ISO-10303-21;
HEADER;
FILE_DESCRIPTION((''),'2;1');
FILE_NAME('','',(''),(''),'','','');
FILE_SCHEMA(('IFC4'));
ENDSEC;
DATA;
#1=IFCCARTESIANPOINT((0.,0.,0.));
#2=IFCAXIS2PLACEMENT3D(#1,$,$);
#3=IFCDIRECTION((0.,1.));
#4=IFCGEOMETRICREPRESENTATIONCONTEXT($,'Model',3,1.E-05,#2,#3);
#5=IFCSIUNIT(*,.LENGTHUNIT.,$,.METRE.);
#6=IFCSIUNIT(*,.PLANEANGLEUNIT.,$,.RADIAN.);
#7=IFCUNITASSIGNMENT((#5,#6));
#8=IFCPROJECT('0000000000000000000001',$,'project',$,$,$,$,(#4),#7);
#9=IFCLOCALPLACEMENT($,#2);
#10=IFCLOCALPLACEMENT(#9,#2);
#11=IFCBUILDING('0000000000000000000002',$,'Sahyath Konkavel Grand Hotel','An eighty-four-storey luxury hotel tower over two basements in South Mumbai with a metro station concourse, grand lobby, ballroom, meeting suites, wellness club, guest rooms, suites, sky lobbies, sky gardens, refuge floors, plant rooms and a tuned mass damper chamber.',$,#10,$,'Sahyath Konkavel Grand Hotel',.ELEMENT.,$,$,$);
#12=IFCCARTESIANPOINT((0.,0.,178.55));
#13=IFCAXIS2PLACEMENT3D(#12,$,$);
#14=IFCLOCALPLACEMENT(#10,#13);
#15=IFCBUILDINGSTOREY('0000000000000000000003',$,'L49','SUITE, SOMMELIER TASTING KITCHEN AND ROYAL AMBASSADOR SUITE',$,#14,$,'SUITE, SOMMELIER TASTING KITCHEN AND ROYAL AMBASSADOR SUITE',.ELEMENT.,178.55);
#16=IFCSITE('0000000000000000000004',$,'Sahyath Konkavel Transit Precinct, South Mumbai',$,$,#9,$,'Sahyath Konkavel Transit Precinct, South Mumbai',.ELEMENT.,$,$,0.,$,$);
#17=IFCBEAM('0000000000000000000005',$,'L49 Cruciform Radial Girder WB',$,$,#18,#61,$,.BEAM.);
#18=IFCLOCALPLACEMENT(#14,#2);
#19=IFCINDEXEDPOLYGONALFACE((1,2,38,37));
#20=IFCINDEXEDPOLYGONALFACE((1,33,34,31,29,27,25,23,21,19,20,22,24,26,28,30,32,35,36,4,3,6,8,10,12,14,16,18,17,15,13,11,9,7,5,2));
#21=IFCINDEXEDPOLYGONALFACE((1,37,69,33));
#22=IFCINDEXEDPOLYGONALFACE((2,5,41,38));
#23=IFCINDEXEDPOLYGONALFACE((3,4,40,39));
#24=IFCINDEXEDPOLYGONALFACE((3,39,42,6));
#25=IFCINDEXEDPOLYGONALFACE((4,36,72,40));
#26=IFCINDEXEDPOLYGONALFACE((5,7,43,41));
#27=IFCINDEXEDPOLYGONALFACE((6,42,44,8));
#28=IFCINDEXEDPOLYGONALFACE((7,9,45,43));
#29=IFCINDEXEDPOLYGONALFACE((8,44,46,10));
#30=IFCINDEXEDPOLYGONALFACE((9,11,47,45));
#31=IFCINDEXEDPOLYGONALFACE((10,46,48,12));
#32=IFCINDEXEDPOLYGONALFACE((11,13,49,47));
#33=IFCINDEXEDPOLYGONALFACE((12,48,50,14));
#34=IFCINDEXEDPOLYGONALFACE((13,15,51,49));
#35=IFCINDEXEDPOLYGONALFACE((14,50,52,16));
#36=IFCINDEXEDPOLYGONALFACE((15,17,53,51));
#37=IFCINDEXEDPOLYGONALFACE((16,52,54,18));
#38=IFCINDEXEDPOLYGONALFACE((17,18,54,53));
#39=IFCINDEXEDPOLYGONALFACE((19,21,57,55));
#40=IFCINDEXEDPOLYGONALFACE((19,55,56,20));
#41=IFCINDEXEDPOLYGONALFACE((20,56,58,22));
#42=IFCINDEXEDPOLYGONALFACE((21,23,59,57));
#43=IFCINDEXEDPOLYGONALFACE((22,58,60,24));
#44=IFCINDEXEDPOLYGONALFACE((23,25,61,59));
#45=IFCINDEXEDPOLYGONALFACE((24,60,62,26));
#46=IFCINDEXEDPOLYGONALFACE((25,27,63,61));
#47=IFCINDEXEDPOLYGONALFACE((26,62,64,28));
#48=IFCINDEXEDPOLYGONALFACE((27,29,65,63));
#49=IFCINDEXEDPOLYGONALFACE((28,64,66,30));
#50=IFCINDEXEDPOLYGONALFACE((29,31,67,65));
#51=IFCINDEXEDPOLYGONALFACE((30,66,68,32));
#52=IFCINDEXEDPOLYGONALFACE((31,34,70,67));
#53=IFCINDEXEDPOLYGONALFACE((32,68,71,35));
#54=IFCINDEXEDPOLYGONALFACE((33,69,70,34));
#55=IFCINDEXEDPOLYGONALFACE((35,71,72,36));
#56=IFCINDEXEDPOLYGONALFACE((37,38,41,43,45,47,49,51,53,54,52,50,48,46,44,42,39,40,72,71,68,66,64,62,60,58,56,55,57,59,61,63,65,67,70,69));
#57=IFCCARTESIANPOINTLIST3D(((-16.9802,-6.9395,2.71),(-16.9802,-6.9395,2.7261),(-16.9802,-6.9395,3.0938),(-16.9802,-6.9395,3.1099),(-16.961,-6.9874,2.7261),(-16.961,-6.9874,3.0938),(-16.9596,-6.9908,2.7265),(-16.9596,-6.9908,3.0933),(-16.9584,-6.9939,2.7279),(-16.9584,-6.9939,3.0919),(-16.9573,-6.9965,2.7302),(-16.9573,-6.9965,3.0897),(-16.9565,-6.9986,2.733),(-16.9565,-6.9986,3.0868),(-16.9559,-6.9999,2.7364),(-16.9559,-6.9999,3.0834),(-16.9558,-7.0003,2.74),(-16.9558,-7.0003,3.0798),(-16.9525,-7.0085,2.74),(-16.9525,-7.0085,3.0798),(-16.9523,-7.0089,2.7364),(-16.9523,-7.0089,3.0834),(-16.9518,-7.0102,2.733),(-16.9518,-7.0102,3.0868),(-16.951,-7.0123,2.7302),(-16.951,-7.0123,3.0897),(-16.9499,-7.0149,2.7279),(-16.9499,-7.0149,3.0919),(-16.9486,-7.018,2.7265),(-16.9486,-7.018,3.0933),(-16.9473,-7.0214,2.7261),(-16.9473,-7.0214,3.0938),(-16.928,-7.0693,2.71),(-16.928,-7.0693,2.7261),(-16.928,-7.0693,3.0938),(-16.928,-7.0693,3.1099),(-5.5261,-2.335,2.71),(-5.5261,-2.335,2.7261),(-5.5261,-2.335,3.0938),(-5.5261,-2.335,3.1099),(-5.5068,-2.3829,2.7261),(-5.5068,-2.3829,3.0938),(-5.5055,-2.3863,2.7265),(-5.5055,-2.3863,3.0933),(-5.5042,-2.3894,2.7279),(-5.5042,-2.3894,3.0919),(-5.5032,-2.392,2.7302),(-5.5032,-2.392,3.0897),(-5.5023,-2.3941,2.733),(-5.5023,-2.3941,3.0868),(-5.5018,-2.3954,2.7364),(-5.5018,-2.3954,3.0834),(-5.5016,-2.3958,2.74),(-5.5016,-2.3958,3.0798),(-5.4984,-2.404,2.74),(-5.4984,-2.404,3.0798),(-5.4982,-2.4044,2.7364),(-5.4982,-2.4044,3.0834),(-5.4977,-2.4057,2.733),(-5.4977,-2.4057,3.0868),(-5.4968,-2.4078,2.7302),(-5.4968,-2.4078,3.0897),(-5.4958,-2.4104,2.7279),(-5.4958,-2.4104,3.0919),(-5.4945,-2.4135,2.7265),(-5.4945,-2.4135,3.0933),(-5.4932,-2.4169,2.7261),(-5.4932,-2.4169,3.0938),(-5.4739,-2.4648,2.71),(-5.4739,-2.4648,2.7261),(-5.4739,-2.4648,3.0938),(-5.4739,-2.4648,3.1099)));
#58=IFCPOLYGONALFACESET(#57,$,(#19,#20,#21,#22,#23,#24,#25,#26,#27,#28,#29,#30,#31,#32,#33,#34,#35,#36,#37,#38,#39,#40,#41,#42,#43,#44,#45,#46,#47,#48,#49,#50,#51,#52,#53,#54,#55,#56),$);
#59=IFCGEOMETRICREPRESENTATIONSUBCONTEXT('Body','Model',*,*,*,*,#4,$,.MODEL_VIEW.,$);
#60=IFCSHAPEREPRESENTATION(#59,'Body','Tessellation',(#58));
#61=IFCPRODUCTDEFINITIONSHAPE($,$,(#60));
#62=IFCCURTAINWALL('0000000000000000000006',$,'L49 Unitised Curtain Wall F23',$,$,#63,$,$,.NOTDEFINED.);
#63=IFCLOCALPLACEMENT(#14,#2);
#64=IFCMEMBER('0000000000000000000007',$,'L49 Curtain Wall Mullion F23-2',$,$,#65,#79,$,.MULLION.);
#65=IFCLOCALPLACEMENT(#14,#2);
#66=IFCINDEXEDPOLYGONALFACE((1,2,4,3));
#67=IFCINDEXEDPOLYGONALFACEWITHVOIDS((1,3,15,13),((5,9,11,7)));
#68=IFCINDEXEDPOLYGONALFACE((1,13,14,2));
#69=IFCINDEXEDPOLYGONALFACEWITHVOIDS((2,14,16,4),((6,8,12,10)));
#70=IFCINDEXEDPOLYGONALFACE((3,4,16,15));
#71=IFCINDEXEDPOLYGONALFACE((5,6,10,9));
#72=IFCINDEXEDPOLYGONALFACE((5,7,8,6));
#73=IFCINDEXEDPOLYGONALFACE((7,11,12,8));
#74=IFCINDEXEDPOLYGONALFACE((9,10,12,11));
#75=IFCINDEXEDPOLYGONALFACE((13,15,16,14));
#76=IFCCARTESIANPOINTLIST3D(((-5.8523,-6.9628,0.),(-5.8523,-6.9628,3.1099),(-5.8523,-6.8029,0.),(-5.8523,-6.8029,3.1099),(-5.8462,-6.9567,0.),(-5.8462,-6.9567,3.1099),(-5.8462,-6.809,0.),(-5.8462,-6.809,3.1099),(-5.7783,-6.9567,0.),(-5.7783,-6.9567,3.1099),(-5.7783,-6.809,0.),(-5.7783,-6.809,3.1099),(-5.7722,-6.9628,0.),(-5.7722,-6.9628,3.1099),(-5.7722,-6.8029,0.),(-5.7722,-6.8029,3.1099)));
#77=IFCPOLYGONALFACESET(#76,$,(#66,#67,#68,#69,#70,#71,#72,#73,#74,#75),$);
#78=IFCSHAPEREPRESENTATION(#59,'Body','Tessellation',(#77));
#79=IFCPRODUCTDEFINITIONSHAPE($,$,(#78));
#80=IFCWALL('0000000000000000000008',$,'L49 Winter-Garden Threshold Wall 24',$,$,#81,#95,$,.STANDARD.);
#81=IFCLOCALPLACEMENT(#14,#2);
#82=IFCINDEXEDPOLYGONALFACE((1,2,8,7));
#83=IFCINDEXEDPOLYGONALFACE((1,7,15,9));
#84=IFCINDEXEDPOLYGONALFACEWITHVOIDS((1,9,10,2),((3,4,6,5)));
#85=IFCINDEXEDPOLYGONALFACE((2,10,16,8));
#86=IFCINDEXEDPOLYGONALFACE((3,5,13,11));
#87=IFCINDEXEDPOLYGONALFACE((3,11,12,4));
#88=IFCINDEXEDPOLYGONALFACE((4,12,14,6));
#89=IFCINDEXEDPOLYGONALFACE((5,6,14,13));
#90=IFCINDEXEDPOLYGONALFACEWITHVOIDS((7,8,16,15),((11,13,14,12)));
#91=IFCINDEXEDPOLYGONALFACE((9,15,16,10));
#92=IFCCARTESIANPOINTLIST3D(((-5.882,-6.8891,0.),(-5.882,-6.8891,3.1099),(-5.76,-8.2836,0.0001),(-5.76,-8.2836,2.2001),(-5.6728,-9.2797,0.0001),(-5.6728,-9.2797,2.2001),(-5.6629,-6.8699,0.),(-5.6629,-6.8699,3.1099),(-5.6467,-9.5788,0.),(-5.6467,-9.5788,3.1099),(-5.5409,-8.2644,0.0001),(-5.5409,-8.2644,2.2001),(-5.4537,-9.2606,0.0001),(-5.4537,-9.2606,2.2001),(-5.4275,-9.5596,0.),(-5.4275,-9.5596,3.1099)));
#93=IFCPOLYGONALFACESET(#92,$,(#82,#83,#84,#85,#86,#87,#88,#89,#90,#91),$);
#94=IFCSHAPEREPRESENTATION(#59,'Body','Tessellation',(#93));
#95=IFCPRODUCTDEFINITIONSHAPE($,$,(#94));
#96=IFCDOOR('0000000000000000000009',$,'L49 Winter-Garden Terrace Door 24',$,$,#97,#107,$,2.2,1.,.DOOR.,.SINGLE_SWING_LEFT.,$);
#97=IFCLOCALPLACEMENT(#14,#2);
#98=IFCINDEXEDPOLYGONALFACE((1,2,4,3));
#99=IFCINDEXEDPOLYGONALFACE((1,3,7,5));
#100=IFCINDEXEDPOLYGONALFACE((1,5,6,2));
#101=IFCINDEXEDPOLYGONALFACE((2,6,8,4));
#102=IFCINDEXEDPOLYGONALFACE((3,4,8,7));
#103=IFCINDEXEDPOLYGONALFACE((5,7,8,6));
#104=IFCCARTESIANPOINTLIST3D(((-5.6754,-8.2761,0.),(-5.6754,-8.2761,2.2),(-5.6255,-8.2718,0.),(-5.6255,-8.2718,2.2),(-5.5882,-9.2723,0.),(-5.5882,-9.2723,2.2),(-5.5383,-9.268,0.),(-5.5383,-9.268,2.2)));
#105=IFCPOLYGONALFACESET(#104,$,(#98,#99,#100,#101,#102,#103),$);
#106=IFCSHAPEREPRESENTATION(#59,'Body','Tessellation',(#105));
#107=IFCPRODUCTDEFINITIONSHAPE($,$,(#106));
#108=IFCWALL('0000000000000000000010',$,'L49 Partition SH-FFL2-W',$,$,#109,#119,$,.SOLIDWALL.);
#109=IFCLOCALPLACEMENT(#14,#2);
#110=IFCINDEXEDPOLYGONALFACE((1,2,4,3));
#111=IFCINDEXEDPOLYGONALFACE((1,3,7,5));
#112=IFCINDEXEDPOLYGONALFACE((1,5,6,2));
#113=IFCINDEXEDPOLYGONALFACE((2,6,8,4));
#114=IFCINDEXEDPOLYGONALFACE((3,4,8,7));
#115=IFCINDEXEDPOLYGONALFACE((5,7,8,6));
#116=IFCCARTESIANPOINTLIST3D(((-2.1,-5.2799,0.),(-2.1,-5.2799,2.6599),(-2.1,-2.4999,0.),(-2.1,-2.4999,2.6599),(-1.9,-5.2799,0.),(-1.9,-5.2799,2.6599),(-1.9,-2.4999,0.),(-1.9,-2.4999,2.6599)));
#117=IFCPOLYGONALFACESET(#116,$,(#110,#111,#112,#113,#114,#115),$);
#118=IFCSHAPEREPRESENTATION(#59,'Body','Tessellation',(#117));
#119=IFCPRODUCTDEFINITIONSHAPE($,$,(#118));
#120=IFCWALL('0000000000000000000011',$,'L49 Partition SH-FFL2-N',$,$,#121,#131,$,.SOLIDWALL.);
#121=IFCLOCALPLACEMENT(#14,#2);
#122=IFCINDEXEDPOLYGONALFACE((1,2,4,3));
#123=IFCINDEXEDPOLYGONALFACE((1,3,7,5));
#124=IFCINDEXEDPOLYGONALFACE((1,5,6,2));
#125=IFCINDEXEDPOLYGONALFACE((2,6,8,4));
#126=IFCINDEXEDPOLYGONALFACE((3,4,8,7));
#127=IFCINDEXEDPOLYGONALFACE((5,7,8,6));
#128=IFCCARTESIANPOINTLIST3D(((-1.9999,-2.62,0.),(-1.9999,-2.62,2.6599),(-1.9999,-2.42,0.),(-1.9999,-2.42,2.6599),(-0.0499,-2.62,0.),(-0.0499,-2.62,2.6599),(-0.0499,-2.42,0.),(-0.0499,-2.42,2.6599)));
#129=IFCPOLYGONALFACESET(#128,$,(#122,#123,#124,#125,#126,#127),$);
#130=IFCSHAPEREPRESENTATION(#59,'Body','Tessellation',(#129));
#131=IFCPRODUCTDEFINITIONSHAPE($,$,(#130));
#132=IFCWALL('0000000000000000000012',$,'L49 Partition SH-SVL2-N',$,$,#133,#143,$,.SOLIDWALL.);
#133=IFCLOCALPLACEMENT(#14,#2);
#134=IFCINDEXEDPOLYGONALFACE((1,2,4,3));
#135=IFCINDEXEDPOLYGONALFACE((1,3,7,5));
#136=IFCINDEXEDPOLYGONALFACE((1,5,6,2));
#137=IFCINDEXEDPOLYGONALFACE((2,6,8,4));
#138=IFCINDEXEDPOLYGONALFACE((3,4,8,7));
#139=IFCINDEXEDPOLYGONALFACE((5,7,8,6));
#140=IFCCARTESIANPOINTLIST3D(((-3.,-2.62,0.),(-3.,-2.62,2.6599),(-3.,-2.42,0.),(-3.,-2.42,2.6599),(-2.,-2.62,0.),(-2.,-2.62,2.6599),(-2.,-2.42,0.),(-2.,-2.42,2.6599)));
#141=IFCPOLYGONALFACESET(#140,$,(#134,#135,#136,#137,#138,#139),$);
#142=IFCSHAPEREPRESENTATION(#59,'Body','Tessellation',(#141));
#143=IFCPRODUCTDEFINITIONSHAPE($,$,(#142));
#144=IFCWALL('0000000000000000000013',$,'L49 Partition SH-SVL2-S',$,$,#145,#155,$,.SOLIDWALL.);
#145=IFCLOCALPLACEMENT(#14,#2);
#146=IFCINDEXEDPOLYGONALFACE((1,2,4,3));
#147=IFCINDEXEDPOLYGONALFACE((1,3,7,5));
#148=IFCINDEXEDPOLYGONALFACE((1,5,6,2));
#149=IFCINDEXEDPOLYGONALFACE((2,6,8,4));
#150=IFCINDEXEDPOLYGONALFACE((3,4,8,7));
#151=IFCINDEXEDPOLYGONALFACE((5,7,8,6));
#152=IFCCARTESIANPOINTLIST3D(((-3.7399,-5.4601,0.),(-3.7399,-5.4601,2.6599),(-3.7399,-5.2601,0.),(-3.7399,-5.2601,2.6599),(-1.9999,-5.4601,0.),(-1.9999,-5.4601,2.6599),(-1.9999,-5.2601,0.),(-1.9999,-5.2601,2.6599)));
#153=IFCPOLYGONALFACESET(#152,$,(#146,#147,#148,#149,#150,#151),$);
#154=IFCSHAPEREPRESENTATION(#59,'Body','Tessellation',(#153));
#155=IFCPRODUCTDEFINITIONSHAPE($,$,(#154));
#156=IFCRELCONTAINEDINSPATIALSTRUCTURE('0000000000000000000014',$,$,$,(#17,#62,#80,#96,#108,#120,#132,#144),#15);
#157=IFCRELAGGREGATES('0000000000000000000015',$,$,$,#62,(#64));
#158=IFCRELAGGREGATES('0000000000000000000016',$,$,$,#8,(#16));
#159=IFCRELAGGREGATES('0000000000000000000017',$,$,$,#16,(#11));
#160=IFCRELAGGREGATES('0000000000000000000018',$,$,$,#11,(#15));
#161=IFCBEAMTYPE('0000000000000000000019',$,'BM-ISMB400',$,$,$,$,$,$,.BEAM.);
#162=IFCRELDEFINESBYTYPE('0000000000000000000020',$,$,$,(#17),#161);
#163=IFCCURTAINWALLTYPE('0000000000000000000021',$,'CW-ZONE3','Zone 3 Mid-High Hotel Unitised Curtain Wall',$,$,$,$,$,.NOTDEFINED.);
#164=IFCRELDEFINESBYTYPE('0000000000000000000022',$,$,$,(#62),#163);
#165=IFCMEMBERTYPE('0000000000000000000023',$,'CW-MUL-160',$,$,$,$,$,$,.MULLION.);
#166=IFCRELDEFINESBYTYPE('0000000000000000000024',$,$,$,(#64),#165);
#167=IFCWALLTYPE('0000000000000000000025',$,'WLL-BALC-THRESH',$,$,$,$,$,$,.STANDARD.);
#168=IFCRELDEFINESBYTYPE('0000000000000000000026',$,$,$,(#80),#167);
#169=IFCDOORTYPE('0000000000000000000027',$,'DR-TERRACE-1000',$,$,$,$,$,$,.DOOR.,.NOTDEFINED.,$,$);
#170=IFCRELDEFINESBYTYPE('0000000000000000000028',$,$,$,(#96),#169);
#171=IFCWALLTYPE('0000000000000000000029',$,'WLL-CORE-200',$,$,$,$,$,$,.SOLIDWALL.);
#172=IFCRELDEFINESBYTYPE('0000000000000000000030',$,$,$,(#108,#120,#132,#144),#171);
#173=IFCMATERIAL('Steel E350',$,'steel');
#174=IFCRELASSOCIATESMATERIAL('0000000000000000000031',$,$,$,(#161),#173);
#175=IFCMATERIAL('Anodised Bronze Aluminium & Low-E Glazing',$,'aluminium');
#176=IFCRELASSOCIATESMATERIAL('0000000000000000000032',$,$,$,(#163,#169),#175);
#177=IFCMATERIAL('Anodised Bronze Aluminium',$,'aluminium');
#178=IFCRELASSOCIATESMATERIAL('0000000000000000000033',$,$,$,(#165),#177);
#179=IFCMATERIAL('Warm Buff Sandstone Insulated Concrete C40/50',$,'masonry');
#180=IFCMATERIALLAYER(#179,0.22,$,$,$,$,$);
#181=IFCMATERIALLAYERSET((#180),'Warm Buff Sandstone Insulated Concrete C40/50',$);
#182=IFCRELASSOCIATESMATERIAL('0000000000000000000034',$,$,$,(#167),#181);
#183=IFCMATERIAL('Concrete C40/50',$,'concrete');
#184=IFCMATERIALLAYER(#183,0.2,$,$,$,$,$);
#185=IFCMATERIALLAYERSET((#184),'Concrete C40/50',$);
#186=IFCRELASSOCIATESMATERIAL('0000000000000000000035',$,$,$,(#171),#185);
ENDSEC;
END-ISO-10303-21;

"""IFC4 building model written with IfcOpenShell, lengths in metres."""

from ifc_helpers import new_model, si_unit, direction, frame, frame_2d, origin, origin_2d, place, context, subcontext, project, spatial, rectangle, hollow_rectangle, i_section, extrude, source, transform, mapped, material, layer, layer_set, material_profile, profile_set, type_object, element, fill, aggregate, save


model = new_model("IFC4")

# Units and contexts
model_context = context("Model", 3, precision=1e-05, world=origin(), true_north=direction((0.0, 1.0)))
body_context = subcontext(model_context, "Body", "Model", "MODEL_VIEW")
ifc_project = project(units=[si_unit("LENGTHUNIT", "METRE"), si_unit("PLANEANGLEUNIT", "RADIAN")], contexts=[model_context])

# Site, building, storey
site_placement = place(None, origin())
site = spatial("IfcSite", under=ifc_project, at=site_placement, Name="Sahyath Konkavel Transit Precinct, South Mumbai", LongName="Sahyath Konkavel Transit Precinct, South Mumbai", CompositionType="ELEMENT", RefElevation=0.0)
building_placement = place(site_placement, origin())
building = spatial("IfcBuilding", under=site, at=building_placement, Name="Sahyath Konkavel Grand Hotel", Description="An eighty-four-storey luxury hotel tower over two basements in South Mumbai with a metro station concourse, grand lobby, ballroom, meeting suites, wellness club, guest rooms, suites, sky lobbies, sky gardens, refuge floors, plant rooms and a tuned mass damper chamber.", LongName="Sahyath Konkavel Grand Hotel", CompositionType="ELEMENT")
storey_placement = place(building_placement, frame((0.0, 0.0, 178.55)))
storey = spatial("IfcBuildingStorey", under=building, at=storey_placement, Name="L49", Description="SUITE, SOMMELIER TASTING KITCHEN AND ROYAL AMBASSADOR SUITE", LongName="SUITE, SOMMELIER TASTING KITCHEN AND ROYAL AMBASSADOR SUITE", CompositionType="ELEMENT", Elevation=178.55)

# Beam
ifc_material_1 = material(Name="Steel E350", Category="steel")
ifc_material_profile_1 = material_profile(ifc_material_1, i_section(OverallWidth=0.1399, OverallDepth=0.3999, WebThickness=0.0088, FlangeThickness=0.0161, FilletRadius=0.0139, at=origin_2d()), Name="ISMB 400")
ifc_profile_set_1 = profile_set([ifc_material_profile_1], Name="Steel E350")
beam_type_1 = type_object("IfcBeamType", Name="BM-ISMB400", PredefinedType="BEAM", material=ifc_profile_set_1)
shared_shape_1 = source(origin(), body_context, "Body", "SweptSolid", [
    extrude(i_section(OverallWidth=0.1399, OverallDepth=0.3999, WebThickness=0.0088, FlangeThickness=0.0161, FilletRadius=0.0139, at=origin_2d()), origin(), (0.0, 0.0, 1.0), 12.345),
])
beam_1_placement = place(storey_placement, frame((-5.5, -2.3999, 2.9099), z_axis=(-0.927837, -0.372986, 0.0), x_axis=(0.372986, -0.927837, 0.0)))
element("IfcBeam", 1, at=beam_1_placement, inside=storey, type_object=beam_type_1, Name="L49 Cruciform Radial Girder WB", PredefinedType="BEAM", context=body_context, shape_type="MappedRepresentation", body=[
    mapped(shared_shape_1, transform((0.0, 0.0, 0.0), scale=1.0)),
])

# Curtain wall, member
ifc_material_2 = material(Name="Anodised Bronze Aluminium & Low-E Glazing", Category="aluminium")
curtain_wall_type = type_object("IfcCurtainWallType", Name="CW-ZONE3", Description="Zone 3 Mid-High Hotel Unitised Curtain Wall", PredefinedType="NOTDEFINED", material=ifc_material_2)
curtain_wall_placement = place(storey_placement, origin())
curtain_wall = element("IfcCurtainWall", 2, at=curtain_wall_placement, inside=storey, type_object=curtain_wall_type, Name="L49 Unitised Curtain Wall F23", PredefinedType="NOTDEFINED")
ifc_material_3 = material(Name="Anodised Bronze Aluminium", Category="aluminium")
ifc_material_profile_2 = material_profile(ifc_material_3, hollow_rectangle(XDim=0.0801, YDim=0.1599, WallThickness=0.0061, at=origin_2d()), Name="RHS 160x80x6")
ifc_profile_set_2 = profile_set([ifc_material_profile_2], Name="Anodised Bronze Aluminium")
member_type = type_object("IfcMemberType", Name="CW-MUL-160", PredefinedType="MULLION", material=ifc_profile_set_2)
shared_shape_2 = source(origin(), body_context, "Body", "SweptSolid", [
    extrude(hollow_rectangle(XDim=0.0801, YDim=0.1599, WallThickness=0.0061, at=origin_2d()), origin(), (0.0, 0.0, 1.0), 3.1099),
])
member_placement = place(storey_placement, frame((-5.8123, -6.8828, 0.0), z_axis=(0.0, 0.0, 1.0), x_axis=(1.0, 0.0, 0.0)))
member = element("IfcMember", 3, at=member_placement, type_object=member_type, Name="L49 Curtain Wall Mullion F23-2", PredefinedType="MULLION", context=body_context, shape_type="MappedRepresentation", body=[
    mapped(shared_shape_2, transform((0.0, 0.0, 0.0), scale=1.0)),
])
aggregate(curtain_wall, [member])

# Wall, opening, door
ifc_material_4 = material(Name="Warm Buff Sandstone Insulated Concrete C40/50", Category="masonry")
ifc_layer_1 = layer(ifc_material_4, 0.22)
ifc_layer_set_1 = layer_set([ifc_layer_1], Name="Warm Buff Sandstone Insulated Concrete C40/50")
wall_type_1 = type_object("IfcWallType", Name="WLL-BALC-THRESH", PredefinedType="STANDARD", material=ifc_layer_set_1)
wall_1_placement = place(storey_placement, frame((-5.7725, -6.8794, 0.0), z_axis=(0.0, 0.0, 1.0), x_axis=(0.087168, -0.996194, 0.0)))
wall_1 = element("IfcWall", 4, at=wall_1_placement, inside=storey, type_object=wall_type_1, Name="L49 Winter-Garden Threshold Wall 24", PredefinedType="STANDARD", context=body_context, shape_type="SweptSolid", body=[
    extrude(rectangle(XDim=2.7, YDim=0.22, at=frame_2d((1.3501, 0.0))), origin(), (0.0, 0.0, 1.0), 3.1099),
])
opening_1_placement = place(wall_1_placement, frame((1.3999, 0.0, 0.0)))
opening_1 = element("IfcOpeningElement", 5, at=opening_1_placement, cuts=wall_1, PredefinedType="OPENING", context=body_context, shape_type="SweptSolid", body=[
    extrude(rectangle(XDim=1.0, YDim=2.2, at=frame_2d((0.5, 1.1001))), frame((0.0, 0.1201, 0.0), z_axis=(0.0, -1.0, 0.0), x_axis=(1.0, 0.0, 0.0)), (0.0, 0.0, 1.0), 0.24),
])
door_type_1 = type_object("IfcDoorType", Name="DR-TERRACE-1000", OperationType="NOTDEFINED", PredefinedType="DOOR", material=ifc_material_2)
shared_shape_3 = source(origin(), body_context, "Body", "SweptSolid", [
    extrude(rectangle(XDim=1.0, YDim=0.05, at=origin_2d()), origin(), (0.0, 0.0, 1.0), 2.2),
])
door_1_placement = place(opening_1_placement, frame((0.5, 0.0, 0.0)))
door_1 = element("IfcDoor", 6, at=door_1_placement, inside=storey, type_object=door_type_1, Name="L49 Winter-Garden Terrace Door 24", OperationType="SINGLE_SWING_LEFT", OverallHeight=2.2, OverallWidth=1.0, PredefinedType="DOOR", context=body_context, shape_type="MappedRepresentation", body=[
    mapped(shared_shape_3, transform((0.0, 0.0, 0.0), scale=1.0)),
])
fill(opening_1, door_1)

# Walls
ifc_material_5 = material(Name="Concrete C40/50", Category="concrete")
ifc_layer_2 = layer(ifc_material_5, 0.2)
ifc_layer_set_2 = layer_set([ifc_layer_2], Name="Concrete C40/50")
wall_type_2 = type_object("IfcWallType", Name="WLL-CORE-200", PredefinedType="SOLIDWALL", material=ifc_layer_set_2)
wall_2_placement = place(storey_placement, frame((-2.0, -5.28, 0.0), z_axis=(0.0, 0.0, 1.0), x_axis=(0.0, 1.0, 0.0)))
element("IfcWall", 7, at=wall_2_placement, inside=storey, type_object=wall_type_2, Name="L49 Partition SH-FFL2-W", PredefinedType="SOLIDWALL", context=body_context, shape_type="SweptSolid", body=[
    extrude(rectangle(XDim=2.78, YDim=0.2, at=frame_2d((1.3901, 0.0))), origin(), (0.0, 0.0, 1.0), 2.6599),
])
wall_3_placement = place(storey_placement, frame((-2.0, -2.52, 0.0), z_axis=(0.0, 0.0, 1.0), x_axis=(1.0, 0.0, 0.0)))
element("IfcWall", 8, at=wall_3_placement, inside=storey, type_object=wall_type_2, Name="L49 Partition SH-FFL2-N", PredefinedType="SOLIDWALL", context=body_context, shape_type="SweptSolid", body=[
    extrude(rectangle(XDim=1.95, YDim=0.2, at=frame_2d((0.9751, 0.0))), origin(), (0.0, 0.0, 1.0), 2.6599),
])
wall_4_placement = place(storey_placement, frame((-3.0, -2.52, 0.0), z_axis=(0.0, 0.0, 1.0), x_axis=(1.0, 0.0, 0.0)))
element("IfcWall", 9, at=wall_4_placement, inside=storey, type_object=wall_type_2, Name="L49 Partition SH-SVL2-N", PredefinedType="SOLIDWALL", context=body_context, shape_type="SweptSolid", body=[
    extrude(rectangle(XDim=1.0, YDim=0.2, at=frame_2d((0.5, 0.0))), origin(), (0.0, 0.0, 1.0), 2.6599),
])
wall_5_placement = place(storey_placement, frame((-3.74, -5.3601, 0.0), z_axis=(0.0, 0.0, 1.0), x_axis=(1.0, 0.0, 0.0)))
element("IfcWall", 10, at=wall_5_placement, inside=storey, type_object=wall_type_2, Name="L49 Partition SH-SVL2-S", PredefinedType="SOLIDWALL", context=body_context, shape_type="SweptSolid", body=[
    extrude(rectangle(XDim=1.74, YDim=0.2, at=frame_2d((0.8701, 0.0))), origin(), (0.0, 0.0, 1.0), 2.6599),
])

save(model, "model.ifc")
